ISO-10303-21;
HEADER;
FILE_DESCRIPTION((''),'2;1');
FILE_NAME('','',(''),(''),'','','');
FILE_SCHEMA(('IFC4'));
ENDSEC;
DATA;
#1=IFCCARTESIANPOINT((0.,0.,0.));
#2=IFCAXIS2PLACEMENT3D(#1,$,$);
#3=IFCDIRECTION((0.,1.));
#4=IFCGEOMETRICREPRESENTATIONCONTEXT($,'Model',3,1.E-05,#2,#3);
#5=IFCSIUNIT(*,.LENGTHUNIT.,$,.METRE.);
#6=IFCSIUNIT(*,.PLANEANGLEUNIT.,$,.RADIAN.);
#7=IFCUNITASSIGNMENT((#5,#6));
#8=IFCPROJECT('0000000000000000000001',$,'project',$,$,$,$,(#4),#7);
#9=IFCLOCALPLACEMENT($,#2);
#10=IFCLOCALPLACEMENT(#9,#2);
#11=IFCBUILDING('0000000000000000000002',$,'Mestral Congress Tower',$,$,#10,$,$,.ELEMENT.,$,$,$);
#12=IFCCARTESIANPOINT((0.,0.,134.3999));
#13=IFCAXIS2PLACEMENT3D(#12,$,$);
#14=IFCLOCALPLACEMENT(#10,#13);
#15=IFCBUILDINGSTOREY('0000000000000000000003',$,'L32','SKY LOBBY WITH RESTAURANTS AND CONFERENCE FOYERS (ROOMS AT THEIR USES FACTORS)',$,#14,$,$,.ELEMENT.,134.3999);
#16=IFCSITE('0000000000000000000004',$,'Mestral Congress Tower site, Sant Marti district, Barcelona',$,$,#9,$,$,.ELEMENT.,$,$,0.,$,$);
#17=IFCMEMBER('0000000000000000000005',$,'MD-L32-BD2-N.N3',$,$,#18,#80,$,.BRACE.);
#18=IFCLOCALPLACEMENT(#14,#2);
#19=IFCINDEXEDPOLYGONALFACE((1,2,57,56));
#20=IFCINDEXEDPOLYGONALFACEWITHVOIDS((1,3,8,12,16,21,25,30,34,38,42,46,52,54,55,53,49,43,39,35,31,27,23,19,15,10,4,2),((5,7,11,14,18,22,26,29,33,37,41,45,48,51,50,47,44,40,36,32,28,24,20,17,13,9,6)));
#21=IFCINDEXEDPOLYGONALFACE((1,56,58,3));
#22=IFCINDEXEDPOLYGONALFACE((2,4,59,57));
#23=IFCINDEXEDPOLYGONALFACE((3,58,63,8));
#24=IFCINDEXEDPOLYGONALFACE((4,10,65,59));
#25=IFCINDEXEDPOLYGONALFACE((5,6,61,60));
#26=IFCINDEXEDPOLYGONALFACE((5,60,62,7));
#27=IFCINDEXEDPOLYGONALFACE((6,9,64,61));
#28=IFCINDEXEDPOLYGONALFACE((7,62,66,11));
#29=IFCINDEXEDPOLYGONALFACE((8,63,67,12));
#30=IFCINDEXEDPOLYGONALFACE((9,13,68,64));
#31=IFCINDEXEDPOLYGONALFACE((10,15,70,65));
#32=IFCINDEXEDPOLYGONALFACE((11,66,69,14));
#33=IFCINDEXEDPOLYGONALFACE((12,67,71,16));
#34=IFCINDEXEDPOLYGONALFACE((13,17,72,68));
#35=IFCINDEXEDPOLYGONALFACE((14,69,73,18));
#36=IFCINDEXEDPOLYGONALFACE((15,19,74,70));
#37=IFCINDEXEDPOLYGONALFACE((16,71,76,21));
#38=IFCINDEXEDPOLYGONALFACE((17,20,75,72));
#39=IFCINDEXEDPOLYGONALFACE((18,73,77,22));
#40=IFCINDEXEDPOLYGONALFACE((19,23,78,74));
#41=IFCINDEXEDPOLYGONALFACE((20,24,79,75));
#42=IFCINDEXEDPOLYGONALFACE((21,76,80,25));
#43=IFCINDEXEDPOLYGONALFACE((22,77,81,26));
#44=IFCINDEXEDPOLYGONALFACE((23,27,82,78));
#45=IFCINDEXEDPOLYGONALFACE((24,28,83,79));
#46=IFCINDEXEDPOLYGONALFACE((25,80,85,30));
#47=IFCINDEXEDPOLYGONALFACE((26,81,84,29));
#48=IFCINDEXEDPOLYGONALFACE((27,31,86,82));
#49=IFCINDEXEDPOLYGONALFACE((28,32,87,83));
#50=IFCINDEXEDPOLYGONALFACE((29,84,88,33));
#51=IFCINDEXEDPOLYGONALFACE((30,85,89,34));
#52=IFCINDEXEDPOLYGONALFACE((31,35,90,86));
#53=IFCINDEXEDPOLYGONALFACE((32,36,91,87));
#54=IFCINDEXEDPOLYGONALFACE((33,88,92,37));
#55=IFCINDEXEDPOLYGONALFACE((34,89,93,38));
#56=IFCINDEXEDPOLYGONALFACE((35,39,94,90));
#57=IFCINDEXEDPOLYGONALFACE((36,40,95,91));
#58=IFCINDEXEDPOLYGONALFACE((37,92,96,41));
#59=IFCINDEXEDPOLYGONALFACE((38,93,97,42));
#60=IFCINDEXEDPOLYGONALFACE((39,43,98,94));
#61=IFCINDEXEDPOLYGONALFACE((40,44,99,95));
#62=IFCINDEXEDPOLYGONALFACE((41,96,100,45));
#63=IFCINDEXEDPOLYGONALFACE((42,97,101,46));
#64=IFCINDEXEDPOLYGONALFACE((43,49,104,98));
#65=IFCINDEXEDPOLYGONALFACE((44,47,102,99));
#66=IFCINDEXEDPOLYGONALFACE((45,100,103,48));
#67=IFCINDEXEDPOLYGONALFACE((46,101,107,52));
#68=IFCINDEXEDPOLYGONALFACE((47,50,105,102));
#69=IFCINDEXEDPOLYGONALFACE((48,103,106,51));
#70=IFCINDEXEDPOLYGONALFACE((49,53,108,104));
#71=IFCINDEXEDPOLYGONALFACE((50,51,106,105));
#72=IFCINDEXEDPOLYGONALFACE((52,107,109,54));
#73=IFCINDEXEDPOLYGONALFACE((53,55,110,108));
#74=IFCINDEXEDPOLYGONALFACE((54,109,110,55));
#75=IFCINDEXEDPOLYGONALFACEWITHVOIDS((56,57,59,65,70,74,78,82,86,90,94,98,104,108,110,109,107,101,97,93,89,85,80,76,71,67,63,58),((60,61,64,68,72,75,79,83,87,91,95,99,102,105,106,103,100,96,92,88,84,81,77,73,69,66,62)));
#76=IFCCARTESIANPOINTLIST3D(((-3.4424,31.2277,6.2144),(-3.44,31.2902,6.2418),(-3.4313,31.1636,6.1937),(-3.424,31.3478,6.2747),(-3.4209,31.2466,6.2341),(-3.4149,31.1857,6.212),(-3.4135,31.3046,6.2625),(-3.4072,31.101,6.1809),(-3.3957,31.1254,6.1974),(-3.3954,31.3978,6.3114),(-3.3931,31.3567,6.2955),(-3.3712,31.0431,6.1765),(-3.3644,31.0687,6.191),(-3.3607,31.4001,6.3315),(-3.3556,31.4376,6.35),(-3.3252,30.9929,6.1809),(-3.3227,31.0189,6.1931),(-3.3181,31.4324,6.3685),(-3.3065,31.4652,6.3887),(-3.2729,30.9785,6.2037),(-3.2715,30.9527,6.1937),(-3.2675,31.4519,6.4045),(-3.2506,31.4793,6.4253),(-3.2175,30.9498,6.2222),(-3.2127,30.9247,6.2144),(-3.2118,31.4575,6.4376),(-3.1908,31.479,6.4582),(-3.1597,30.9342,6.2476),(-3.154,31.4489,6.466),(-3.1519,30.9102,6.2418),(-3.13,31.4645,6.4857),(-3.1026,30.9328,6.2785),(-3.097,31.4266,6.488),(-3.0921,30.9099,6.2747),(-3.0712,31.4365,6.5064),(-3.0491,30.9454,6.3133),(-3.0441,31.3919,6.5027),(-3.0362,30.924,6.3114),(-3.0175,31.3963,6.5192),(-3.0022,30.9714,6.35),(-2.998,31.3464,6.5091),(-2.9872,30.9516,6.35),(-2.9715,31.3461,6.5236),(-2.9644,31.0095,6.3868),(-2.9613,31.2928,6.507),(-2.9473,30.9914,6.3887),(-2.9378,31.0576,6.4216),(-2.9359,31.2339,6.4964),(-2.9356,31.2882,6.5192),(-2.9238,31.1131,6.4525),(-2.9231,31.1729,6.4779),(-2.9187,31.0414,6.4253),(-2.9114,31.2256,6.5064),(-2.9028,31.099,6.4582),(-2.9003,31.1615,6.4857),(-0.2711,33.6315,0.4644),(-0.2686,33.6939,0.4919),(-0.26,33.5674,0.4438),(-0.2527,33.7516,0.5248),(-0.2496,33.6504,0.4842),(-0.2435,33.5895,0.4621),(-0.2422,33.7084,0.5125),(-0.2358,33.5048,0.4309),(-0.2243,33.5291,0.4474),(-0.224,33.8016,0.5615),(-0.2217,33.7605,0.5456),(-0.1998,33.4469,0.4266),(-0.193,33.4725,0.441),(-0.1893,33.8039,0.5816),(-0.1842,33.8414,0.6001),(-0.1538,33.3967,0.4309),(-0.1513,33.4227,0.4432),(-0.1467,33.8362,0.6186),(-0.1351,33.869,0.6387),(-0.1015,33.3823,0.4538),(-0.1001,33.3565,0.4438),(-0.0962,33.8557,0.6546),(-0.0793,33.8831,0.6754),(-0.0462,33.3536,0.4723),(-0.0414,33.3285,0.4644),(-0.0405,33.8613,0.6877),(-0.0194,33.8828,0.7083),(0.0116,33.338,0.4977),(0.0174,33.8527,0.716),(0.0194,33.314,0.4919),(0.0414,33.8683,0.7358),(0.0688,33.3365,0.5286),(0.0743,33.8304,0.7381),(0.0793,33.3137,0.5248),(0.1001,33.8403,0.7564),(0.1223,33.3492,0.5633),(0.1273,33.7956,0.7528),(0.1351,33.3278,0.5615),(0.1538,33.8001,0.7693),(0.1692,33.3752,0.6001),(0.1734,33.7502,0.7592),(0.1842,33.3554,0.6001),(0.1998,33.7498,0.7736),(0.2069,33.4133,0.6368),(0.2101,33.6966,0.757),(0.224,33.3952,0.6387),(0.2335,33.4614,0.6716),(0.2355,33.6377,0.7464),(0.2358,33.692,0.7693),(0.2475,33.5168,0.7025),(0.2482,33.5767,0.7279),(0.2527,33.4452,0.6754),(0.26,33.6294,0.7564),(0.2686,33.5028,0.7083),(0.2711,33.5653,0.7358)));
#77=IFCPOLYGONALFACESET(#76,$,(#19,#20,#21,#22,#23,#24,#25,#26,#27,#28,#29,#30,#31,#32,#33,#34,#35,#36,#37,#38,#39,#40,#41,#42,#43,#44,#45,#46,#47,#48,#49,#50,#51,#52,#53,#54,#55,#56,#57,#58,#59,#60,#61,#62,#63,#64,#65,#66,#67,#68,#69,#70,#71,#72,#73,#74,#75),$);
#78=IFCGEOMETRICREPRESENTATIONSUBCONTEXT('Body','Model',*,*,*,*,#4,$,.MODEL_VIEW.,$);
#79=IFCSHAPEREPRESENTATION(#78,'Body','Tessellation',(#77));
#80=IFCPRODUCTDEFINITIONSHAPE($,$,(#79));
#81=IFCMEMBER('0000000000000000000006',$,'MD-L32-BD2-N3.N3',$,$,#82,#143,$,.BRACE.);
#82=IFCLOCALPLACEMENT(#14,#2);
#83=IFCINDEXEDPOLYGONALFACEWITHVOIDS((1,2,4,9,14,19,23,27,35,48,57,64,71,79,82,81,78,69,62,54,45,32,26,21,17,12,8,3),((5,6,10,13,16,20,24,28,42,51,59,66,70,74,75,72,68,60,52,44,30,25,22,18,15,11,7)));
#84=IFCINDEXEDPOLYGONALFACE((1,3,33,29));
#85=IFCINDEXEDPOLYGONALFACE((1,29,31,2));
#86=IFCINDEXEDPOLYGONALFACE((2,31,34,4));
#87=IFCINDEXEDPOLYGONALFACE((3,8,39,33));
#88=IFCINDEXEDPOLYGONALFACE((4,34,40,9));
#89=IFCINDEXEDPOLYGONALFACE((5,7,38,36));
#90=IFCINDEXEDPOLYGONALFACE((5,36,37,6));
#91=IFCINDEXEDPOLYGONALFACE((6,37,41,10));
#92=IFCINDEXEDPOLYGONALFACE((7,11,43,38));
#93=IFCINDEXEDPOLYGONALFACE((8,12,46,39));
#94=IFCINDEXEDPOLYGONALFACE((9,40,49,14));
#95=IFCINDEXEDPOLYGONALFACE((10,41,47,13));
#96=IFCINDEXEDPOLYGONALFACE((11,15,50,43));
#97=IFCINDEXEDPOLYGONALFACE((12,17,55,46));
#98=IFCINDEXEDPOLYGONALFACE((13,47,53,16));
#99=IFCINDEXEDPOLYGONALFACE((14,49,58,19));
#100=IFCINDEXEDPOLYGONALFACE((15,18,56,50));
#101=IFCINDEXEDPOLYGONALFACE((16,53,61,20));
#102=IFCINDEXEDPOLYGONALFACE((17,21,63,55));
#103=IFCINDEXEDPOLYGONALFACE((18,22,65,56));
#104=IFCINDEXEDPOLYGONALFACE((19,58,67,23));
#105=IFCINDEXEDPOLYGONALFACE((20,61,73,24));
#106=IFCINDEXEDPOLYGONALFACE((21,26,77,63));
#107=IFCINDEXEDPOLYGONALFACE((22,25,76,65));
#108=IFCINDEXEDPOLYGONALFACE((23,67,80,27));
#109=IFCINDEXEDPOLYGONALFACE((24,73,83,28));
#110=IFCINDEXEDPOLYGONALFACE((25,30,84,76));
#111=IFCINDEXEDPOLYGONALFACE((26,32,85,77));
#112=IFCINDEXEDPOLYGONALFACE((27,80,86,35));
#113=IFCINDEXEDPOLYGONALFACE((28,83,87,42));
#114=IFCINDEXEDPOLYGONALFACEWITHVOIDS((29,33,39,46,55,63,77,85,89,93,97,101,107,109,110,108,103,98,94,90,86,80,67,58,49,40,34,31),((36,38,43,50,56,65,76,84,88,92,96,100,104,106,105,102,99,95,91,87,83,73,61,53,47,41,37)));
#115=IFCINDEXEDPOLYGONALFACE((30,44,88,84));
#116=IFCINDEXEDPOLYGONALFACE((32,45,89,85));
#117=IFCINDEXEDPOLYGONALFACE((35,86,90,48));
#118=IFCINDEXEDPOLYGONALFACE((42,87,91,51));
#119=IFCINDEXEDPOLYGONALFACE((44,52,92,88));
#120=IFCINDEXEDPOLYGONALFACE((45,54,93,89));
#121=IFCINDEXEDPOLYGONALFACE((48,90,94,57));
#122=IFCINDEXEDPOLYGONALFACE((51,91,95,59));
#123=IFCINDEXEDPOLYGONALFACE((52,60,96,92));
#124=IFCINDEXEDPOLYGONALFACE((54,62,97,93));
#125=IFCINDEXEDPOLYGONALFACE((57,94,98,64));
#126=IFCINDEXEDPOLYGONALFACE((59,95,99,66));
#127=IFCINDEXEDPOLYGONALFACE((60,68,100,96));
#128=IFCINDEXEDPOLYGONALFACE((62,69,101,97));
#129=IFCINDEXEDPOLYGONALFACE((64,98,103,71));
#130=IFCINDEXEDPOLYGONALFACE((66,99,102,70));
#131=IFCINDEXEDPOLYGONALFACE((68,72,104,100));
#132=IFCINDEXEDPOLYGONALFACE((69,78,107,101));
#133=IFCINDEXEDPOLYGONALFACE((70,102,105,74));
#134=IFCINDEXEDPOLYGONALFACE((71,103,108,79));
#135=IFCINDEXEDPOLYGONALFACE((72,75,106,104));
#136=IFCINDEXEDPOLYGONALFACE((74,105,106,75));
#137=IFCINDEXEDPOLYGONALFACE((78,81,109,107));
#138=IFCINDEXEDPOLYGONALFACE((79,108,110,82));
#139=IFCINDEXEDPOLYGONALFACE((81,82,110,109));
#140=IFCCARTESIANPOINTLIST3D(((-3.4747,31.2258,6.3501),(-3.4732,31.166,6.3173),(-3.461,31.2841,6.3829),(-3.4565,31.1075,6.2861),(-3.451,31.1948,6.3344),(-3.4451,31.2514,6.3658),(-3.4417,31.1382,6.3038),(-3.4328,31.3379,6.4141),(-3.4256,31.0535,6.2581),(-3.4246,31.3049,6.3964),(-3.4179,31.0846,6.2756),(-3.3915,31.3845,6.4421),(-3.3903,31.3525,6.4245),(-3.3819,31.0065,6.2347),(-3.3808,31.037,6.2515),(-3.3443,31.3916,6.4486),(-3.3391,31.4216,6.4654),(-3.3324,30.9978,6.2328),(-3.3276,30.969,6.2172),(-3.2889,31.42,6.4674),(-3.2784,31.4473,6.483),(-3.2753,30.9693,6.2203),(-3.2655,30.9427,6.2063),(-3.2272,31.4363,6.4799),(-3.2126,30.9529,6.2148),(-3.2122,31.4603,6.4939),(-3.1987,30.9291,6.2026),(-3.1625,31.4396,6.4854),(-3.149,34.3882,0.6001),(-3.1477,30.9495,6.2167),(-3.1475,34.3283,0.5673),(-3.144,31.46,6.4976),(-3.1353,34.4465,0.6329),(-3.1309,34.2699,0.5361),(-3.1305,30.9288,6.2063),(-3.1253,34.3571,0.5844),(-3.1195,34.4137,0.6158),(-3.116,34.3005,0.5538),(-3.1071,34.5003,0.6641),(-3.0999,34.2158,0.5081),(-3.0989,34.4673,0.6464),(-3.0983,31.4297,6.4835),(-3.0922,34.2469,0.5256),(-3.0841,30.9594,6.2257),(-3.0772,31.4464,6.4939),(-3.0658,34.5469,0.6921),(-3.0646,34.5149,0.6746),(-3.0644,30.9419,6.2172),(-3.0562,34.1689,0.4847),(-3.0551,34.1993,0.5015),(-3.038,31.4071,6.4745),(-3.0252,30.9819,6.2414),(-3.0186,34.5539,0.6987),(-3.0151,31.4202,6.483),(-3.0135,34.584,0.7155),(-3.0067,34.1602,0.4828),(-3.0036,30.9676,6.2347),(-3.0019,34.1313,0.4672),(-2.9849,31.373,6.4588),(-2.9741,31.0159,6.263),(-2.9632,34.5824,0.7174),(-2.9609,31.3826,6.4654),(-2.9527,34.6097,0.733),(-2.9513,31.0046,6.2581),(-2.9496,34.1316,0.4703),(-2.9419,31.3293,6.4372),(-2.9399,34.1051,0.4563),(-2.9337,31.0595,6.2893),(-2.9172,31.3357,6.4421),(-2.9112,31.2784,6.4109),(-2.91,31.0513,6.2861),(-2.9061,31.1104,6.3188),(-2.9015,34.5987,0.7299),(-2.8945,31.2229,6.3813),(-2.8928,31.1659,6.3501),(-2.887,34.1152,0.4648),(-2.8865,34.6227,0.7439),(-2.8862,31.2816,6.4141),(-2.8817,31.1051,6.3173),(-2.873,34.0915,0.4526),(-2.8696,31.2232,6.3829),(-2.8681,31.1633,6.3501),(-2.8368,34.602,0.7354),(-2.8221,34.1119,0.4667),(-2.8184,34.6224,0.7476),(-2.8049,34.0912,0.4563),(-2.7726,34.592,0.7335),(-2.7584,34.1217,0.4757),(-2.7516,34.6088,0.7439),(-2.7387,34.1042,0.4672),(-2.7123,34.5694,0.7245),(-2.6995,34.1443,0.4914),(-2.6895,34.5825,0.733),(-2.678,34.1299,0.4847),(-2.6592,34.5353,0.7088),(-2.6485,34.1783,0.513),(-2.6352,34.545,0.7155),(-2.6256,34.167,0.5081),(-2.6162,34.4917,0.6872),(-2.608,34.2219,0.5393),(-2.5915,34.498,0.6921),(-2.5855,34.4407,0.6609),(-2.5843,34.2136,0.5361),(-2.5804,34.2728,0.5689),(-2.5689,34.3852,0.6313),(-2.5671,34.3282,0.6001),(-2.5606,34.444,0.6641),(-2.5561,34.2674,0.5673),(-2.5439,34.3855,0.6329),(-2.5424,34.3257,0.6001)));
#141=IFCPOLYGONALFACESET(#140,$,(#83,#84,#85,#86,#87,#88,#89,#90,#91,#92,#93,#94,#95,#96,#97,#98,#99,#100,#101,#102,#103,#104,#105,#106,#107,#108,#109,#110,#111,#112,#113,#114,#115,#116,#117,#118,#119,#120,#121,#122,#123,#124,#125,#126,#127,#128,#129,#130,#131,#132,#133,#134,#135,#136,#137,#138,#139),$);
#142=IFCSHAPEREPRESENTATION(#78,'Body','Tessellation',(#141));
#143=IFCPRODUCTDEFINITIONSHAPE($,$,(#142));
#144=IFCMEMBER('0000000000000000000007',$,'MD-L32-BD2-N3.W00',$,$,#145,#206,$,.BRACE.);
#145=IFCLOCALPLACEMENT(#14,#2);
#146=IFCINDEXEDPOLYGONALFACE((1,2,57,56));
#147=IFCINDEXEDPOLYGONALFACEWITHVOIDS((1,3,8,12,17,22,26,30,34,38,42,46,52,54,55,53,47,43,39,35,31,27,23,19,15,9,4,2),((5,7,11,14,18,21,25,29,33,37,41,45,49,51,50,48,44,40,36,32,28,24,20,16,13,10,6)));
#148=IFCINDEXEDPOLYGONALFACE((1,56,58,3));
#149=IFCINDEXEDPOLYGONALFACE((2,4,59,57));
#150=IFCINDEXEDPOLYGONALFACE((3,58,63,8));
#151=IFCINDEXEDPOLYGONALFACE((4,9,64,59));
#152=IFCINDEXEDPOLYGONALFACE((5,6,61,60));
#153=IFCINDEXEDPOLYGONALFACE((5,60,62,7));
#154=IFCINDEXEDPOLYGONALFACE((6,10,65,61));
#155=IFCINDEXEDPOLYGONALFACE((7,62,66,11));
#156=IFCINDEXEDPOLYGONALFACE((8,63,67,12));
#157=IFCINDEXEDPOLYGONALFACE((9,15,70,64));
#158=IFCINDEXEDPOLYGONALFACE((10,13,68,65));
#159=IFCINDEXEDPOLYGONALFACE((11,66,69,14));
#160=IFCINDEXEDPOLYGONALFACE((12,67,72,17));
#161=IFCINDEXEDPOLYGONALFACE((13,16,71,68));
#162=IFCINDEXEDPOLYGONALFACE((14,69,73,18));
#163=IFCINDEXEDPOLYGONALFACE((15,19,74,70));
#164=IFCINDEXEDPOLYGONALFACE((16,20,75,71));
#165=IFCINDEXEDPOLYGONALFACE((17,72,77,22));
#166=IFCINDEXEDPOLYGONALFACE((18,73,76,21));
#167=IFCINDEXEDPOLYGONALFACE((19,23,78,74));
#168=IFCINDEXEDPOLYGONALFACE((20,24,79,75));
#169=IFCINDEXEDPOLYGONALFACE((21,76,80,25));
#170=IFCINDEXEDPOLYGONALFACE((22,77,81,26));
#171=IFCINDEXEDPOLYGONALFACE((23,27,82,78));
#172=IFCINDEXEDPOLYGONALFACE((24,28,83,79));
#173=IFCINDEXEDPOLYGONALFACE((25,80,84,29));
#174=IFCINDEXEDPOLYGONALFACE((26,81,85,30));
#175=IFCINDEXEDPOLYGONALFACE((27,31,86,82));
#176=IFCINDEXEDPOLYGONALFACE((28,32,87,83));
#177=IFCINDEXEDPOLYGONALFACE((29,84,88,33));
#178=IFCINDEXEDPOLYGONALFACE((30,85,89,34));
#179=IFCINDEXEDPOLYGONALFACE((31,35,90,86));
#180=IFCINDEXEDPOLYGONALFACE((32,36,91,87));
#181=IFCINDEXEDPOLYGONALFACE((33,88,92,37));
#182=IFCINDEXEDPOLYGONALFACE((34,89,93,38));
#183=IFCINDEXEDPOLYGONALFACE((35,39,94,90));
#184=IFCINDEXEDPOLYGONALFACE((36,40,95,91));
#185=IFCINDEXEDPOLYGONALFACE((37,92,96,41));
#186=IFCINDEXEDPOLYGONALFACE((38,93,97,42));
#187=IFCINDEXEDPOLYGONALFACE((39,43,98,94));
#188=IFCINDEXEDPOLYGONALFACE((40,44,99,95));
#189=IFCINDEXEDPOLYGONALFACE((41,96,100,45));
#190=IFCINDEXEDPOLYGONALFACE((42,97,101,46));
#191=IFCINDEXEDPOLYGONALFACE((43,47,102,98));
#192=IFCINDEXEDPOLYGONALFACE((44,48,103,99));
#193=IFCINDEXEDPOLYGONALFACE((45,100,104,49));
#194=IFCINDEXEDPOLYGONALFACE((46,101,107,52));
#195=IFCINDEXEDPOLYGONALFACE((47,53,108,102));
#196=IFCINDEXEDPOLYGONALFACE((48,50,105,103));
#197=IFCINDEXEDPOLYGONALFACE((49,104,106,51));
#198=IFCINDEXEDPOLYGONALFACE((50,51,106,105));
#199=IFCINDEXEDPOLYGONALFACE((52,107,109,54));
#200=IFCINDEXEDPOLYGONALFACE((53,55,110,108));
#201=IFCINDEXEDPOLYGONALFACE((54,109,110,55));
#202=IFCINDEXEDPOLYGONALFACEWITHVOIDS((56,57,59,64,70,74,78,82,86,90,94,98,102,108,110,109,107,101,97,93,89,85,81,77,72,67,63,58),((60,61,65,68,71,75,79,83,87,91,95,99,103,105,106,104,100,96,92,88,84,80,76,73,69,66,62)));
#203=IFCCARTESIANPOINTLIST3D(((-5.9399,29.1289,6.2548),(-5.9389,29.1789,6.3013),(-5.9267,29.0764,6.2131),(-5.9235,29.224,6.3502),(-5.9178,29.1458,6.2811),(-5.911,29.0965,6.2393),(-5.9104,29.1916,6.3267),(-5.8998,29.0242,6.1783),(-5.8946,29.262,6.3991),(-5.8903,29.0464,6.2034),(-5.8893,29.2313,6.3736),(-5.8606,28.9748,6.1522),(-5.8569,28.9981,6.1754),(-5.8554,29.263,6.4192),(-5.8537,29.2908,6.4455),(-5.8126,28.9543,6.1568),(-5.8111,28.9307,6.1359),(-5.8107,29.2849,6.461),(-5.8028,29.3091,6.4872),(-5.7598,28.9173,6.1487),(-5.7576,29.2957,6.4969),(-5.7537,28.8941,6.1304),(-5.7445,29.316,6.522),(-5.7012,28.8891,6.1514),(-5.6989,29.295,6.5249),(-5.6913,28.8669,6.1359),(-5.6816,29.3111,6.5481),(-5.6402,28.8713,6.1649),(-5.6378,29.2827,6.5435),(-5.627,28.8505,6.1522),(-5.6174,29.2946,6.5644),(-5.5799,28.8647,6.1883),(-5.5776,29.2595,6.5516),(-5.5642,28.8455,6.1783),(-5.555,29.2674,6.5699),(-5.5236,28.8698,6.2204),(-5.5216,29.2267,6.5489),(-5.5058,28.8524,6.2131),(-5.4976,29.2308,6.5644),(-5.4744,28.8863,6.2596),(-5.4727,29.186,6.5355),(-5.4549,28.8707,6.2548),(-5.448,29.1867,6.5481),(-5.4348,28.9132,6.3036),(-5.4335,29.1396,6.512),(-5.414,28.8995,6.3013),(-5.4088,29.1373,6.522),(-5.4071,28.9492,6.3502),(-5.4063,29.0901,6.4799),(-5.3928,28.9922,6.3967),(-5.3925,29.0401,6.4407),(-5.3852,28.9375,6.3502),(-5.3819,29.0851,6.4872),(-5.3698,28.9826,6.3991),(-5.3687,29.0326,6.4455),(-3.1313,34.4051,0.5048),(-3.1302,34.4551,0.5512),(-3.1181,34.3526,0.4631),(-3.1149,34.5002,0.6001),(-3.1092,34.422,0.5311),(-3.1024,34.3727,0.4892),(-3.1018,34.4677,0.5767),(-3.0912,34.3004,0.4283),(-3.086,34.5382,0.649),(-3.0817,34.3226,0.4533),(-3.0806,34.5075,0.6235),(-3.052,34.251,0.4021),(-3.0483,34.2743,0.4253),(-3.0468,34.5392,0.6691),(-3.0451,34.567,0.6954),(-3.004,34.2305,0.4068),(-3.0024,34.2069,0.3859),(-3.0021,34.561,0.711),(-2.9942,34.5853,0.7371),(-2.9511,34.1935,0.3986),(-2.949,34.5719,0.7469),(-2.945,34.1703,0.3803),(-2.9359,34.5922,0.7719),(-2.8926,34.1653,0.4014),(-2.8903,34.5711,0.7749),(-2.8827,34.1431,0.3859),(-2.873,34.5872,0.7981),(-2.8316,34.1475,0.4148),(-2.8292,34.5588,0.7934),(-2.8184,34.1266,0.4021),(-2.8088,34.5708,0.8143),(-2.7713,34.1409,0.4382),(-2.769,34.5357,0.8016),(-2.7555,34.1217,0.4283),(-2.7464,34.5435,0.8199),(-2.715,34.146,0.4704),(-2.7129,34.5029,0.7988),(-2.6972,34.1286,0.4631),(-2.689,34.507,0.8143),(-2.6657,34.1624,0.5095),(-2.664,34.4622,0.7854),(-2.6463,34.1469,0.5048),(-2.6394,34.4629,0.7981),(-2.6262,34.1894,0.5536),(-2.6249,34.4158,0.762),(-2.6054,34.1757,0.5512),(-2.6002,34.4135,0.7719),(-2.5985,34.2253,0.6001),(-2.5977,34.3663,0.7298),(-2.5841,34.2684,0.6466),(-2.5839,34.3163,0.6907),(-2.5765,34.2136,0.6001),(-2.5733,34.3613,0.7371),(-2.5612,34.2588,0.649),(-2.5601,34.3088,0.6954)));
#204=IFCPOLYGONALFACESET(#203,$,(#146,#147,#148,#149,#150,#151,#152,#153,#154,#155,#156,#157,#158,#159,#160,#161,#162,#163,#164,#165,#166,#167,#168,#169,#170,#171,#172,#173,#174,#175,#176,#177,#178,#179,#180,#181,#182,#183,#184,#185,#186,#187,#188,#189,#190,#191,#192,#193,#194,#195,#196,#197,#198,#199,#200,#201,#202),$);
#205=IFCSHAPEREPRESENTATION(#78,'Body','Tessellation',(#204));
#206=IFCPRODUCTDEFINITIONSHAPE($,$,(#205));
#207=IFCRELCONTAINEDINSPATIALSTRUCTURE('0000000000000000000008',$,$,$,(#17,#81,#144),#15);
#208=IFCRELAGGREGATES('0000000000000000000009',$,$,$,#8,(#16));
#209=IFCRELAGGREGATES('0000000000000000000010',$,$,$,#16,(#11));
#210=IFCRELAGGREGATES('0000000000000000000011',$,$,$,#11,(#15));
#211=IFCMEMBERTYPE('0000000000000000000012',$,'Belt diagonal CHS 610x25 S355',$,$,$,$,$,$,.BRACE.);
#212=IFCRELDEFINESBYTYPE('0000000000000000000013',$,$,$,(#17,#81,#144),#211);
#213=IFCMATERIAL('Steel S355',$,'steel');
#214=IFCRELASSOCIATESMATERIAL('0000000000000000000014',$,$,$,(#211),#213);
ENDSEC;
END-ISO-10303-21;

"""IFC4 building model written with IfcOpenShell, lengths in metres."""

from ifc_helpers import new_model, si_unit, direction, frame, origin, origin_2d, place, context, subcontext, project, spatial, hollow_circle, extrude, material, material_profile, profile_set, type_object, element, save


model = new_model("IFC4")

# Units and contexts
model_context = context("Model", 3, precision=1e-05, world=origin(), true_north=direction((0.0, 1.0)))
body_context = subcontext(model_context, "Body", "Model", "MODEL_VIEW")
ifc_project = project(units=[si_unit("LENGTHUNIT", "METRE"), si_unit("PLANEANGLEUNIT", "RADIAN")], contexts=[model_context])

# Site, building, storey
site_placement = place(None, origin())
site = spatial("IfcSite", under=ifc_project, at=site_placement, Name="Mestral Congress Tower site, Sant Marti district, Barcelona", CompositionType="ELEMENT", RefElevation=0.0)
building_placement = place(site_placement, origin())
building = spatial("IfcBuilding", under=site, at=building_placement, Name="Mestral Congress Tower", CompositionType="ELEMENT")
storey_placement = place(building_placement, frame((0.0, 0.0, 134.3999)))
storey = spatial("IfcBuildingStorey", under=building, at=storey_placement, Name="L32", Description="SKY LOBBY WITH RESTAURANTS AND CONFERENCE FOYERS (ROOMS AT THEIR USES FACTORS)", CompositionType="ELEMENT", Elevation=134.3999)

# Members
ifc_material_1 = material(Name="Steel S355", Category="steel")
ifc_material_profile_1 = material_profile(ifc_material_1, hollow_circle(Radius=0.3049, WallThickness=0.0249, at=origin_2d()), Name="CHS 610x25")
ifc_profile_set_1 = profile_set([ifc_material_profile_1], Name="Steel S355")
member_type_1 = type_object("IfcMemberType", Name="Belt diagonal CHS 610x25 S355", PredefinedType="BRACE", material=ifc_profile_set_1)
member_1_placement = place(storey_placement, frame((0.0, 33.5984, 0.6001), z_axis=(-0.453525, -0.343757, 0.822281), x_axis=(0.604056, -0.796942, 0.0)))
element("IfcMember", 1, at=member_1_placement, inside=storey, type_object=member_type_1, Name="MD-L32-BD2-N.N3", PredefinedType="BRACE", context=body_context, shape_type="SweptSolid", body=[
    extrude(hollow_circle(Radius=0.3049, WallThickness=0.0249, at=origin_2d()), origin(), (0.0, 0.0, 1.0), 6.9927),
])
member_2_placement = place(storey_placement, frame((-2.8457, 34.3569, 0.6001), z_axis=(-0.049569, -0.481309, 0.875148), x_axis=(0.994739, -0.102446, 0.0)))
element("IfcMember", 2, at=member_2_placement, inside=storey, type_object=member_type_1, Name="MD-L32-BD2-N3.N3", PredefinedType="BRACE", context=body_context, shape_type="SweptSolid", body=[
    extrude(hollow_circle(Radius=0.3049, WallThickness=0.0249, at=origin_2d()), origin(), (0.0, 0.0, 1.0), 6.5703),
])
member_3_placement = place(storey_placement, frame((-2.8457, 34.3569, 0.6001), z_axis=(-0.338635, -0.636148, 0.693284), x_axis=(0.882724, -0.469893, 0.0)))
element("IfcMember", 3, at=member_3_placement, inside=storey, type_object=member_type_1, Name="MD-L32-BD2-N3.W00", PredefinedType="BRACE", context=body_context, shape_type="SweptSolid", body=[
    extrude(hollow_circle(Radius=0.3049, WallThickness=0.0249, at=origin_2d()), origin(), (0.0, 0.0, 1.0), 8.2939),
])

save(model, "model.ifc")
